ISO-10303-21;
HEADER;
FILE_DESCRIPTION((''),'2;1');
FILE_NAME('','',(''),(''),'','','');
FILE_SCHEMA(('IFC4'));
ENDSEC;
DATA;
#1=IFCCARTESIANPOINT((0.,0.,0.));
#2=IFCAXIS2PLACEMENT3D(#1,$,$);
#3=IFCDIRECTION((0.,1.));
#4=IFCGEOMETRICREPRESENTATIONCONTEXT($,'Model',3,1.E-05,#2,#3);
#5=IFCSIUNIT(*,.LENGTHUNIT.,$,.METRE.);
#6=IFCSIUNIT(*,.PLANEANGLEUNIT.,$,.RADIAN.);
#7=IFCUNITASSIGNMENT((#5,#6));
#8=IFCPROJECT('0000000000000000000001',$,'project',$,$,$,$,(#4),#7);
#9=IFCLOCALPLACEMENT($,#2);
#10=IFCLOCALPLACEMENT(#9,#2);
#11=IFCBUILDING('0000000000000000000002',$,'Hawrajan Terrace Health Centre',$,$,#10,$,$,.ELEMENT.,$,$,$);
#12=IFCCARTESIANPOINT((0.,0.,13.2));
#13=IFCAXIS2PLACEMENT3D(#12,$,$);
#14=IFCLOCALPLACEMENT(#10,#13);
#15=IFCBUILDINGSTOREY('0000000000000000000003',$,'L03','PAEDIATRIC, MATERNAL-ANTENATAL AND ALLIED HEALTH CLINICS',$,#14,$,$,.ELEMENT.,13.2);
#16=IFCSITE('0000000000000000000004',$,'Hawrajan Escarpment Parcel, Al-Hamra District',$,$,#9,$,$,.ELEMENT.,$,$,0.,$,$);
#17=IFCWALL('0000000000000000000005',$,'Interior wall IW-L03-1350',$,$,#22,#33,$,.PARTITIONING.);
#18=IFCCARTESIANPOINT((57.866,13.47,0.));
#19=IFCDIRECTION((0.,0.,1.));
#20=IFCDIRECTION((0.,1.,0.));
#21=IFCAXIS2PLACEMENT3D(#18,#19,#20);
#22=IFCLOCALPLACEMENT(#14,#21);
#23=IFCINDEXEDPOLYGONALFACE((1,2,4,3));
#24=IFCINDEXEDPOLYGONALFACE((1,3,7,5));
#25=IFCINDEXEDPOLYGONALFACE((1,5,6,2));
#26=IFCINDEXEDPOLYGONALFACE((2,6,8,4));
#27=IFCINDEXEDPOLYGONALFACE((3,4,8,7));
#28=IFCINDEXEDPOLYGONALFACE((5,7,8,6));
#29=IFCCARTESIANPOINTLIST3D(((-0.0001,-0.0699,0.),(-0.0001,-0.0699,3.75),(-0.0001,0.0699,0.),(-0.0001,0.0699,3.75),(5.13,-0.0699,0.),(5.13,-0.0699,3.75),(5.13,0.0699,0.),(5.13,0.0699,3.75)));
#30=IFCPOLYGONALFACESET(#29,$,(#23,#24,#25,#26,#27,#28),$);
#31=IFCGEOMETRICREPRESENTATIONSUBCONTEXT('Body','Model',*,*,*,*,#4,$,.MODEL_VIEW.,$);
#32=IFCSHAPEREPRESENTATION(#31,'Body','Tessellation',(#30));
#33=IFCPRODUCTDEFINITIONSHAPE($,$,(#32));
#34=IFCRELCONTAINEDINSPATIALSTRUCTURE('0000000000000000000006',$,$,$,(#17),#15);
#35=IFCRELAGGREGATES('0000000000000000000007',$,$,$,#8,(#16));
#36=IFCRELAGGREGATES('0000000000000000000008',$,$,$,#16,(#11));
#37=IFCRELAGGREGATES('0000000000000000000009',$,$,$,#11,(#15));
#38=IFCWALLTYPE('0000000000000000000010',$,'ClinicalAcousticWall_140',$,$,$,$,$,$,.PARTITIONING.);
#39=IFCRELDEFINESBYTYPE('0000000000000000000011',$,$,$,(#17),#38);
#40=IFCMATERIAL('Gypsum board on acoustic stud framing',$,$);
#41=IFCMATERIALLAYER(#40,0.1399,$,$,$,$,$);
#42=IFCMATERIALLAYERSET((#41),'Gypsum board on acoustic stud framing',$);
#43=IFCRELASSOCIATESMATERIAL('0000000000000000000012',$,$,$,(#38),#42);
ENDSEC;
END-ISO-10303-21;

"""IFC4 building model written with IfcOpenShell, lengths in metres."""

from ifc_helpers import new_model, si_unit, direction, frame, frame_2d, origin, place, context, subcontext, project, spatial, rectangle, extrude, material, layer, layer_set, type_object, element, save


model = new_model("IFC4")

# Units and contexts
model_context = context("Model", 3, precision=1e-05, world=origin(), true_north=direction((0.0, 1.0)))
body_context = subcontext(model_context, "Body", "Model", "MODEL_VIEW")
ifc_project = project(units=[si_unit("LENGTHUNIT", "METRE"), si_unit("PLANEANGLEUNIT", "RADIAN")], contexts=[model_context])

# Site, building, storey
site_placement = place(None, origin())
site = spatial("IfcSite", under=ifc_project, at=site_placement, Name="Hawrajan Escarpment Parcel, Al-Hamra District", CompositionType="ELEMENT", RefElevation=0.0)
building_placement = place(site_placement, origin())
building = spatial("IfcBuilding", under=site, at=building_placement, Name="Hawrajan Terrace Health Centre", CompositionType="ELEMENT")
storey_placement = place(building_placement, frame((0.0, 0.0, 13.2)))
storey = spatial("IfcBuildingStorey", under=building, at=storey_placement, Name="L03", Description="PAEDIATRIC, MATERNAL-ANTENATAL AND ALLIED HEALTH CLINICS", CompositionType="ELEMENT", Elevation=13.2)

# Wall
ifc_material_1 = material(Name="Gypsum board on acoustic stud framing")
ifc_layer_1 = layer(ifc_material_1, 0.1399)
ifc_layer_set_1 = layer_set([ifc_layer_1], Name="Gypsum board on acoustic stud framing")
wall_type = type_object("IfcWallType", Name="ClinicalAcousticWall_140", PredefinedType="PARTITIONING", material=ifc_layer_set_1)
wall_1_placement = place(storey_placement, frame((57.866, 13.47, 0.0), z_axis=(0.0, 0.0, 1.0), x_axis=(0.0, 1.0, 0.0)))
element("IfcWall", 1, at=wall_1_placement, inside=storey, type_object=wall_type, Name="Interior wall IW-L03-1350", PredefinedType="PARTITIONING", context=body_context, shape_type="SweptSolid", body=[
    extrude(rectangle(XDim=5.1301, YDim=0.1399, at=frame_2d((2.5649, 0.0))), origin(), (0.0, 0.0, 1.0), 3.75),
])

save(model, "model.ifc")
